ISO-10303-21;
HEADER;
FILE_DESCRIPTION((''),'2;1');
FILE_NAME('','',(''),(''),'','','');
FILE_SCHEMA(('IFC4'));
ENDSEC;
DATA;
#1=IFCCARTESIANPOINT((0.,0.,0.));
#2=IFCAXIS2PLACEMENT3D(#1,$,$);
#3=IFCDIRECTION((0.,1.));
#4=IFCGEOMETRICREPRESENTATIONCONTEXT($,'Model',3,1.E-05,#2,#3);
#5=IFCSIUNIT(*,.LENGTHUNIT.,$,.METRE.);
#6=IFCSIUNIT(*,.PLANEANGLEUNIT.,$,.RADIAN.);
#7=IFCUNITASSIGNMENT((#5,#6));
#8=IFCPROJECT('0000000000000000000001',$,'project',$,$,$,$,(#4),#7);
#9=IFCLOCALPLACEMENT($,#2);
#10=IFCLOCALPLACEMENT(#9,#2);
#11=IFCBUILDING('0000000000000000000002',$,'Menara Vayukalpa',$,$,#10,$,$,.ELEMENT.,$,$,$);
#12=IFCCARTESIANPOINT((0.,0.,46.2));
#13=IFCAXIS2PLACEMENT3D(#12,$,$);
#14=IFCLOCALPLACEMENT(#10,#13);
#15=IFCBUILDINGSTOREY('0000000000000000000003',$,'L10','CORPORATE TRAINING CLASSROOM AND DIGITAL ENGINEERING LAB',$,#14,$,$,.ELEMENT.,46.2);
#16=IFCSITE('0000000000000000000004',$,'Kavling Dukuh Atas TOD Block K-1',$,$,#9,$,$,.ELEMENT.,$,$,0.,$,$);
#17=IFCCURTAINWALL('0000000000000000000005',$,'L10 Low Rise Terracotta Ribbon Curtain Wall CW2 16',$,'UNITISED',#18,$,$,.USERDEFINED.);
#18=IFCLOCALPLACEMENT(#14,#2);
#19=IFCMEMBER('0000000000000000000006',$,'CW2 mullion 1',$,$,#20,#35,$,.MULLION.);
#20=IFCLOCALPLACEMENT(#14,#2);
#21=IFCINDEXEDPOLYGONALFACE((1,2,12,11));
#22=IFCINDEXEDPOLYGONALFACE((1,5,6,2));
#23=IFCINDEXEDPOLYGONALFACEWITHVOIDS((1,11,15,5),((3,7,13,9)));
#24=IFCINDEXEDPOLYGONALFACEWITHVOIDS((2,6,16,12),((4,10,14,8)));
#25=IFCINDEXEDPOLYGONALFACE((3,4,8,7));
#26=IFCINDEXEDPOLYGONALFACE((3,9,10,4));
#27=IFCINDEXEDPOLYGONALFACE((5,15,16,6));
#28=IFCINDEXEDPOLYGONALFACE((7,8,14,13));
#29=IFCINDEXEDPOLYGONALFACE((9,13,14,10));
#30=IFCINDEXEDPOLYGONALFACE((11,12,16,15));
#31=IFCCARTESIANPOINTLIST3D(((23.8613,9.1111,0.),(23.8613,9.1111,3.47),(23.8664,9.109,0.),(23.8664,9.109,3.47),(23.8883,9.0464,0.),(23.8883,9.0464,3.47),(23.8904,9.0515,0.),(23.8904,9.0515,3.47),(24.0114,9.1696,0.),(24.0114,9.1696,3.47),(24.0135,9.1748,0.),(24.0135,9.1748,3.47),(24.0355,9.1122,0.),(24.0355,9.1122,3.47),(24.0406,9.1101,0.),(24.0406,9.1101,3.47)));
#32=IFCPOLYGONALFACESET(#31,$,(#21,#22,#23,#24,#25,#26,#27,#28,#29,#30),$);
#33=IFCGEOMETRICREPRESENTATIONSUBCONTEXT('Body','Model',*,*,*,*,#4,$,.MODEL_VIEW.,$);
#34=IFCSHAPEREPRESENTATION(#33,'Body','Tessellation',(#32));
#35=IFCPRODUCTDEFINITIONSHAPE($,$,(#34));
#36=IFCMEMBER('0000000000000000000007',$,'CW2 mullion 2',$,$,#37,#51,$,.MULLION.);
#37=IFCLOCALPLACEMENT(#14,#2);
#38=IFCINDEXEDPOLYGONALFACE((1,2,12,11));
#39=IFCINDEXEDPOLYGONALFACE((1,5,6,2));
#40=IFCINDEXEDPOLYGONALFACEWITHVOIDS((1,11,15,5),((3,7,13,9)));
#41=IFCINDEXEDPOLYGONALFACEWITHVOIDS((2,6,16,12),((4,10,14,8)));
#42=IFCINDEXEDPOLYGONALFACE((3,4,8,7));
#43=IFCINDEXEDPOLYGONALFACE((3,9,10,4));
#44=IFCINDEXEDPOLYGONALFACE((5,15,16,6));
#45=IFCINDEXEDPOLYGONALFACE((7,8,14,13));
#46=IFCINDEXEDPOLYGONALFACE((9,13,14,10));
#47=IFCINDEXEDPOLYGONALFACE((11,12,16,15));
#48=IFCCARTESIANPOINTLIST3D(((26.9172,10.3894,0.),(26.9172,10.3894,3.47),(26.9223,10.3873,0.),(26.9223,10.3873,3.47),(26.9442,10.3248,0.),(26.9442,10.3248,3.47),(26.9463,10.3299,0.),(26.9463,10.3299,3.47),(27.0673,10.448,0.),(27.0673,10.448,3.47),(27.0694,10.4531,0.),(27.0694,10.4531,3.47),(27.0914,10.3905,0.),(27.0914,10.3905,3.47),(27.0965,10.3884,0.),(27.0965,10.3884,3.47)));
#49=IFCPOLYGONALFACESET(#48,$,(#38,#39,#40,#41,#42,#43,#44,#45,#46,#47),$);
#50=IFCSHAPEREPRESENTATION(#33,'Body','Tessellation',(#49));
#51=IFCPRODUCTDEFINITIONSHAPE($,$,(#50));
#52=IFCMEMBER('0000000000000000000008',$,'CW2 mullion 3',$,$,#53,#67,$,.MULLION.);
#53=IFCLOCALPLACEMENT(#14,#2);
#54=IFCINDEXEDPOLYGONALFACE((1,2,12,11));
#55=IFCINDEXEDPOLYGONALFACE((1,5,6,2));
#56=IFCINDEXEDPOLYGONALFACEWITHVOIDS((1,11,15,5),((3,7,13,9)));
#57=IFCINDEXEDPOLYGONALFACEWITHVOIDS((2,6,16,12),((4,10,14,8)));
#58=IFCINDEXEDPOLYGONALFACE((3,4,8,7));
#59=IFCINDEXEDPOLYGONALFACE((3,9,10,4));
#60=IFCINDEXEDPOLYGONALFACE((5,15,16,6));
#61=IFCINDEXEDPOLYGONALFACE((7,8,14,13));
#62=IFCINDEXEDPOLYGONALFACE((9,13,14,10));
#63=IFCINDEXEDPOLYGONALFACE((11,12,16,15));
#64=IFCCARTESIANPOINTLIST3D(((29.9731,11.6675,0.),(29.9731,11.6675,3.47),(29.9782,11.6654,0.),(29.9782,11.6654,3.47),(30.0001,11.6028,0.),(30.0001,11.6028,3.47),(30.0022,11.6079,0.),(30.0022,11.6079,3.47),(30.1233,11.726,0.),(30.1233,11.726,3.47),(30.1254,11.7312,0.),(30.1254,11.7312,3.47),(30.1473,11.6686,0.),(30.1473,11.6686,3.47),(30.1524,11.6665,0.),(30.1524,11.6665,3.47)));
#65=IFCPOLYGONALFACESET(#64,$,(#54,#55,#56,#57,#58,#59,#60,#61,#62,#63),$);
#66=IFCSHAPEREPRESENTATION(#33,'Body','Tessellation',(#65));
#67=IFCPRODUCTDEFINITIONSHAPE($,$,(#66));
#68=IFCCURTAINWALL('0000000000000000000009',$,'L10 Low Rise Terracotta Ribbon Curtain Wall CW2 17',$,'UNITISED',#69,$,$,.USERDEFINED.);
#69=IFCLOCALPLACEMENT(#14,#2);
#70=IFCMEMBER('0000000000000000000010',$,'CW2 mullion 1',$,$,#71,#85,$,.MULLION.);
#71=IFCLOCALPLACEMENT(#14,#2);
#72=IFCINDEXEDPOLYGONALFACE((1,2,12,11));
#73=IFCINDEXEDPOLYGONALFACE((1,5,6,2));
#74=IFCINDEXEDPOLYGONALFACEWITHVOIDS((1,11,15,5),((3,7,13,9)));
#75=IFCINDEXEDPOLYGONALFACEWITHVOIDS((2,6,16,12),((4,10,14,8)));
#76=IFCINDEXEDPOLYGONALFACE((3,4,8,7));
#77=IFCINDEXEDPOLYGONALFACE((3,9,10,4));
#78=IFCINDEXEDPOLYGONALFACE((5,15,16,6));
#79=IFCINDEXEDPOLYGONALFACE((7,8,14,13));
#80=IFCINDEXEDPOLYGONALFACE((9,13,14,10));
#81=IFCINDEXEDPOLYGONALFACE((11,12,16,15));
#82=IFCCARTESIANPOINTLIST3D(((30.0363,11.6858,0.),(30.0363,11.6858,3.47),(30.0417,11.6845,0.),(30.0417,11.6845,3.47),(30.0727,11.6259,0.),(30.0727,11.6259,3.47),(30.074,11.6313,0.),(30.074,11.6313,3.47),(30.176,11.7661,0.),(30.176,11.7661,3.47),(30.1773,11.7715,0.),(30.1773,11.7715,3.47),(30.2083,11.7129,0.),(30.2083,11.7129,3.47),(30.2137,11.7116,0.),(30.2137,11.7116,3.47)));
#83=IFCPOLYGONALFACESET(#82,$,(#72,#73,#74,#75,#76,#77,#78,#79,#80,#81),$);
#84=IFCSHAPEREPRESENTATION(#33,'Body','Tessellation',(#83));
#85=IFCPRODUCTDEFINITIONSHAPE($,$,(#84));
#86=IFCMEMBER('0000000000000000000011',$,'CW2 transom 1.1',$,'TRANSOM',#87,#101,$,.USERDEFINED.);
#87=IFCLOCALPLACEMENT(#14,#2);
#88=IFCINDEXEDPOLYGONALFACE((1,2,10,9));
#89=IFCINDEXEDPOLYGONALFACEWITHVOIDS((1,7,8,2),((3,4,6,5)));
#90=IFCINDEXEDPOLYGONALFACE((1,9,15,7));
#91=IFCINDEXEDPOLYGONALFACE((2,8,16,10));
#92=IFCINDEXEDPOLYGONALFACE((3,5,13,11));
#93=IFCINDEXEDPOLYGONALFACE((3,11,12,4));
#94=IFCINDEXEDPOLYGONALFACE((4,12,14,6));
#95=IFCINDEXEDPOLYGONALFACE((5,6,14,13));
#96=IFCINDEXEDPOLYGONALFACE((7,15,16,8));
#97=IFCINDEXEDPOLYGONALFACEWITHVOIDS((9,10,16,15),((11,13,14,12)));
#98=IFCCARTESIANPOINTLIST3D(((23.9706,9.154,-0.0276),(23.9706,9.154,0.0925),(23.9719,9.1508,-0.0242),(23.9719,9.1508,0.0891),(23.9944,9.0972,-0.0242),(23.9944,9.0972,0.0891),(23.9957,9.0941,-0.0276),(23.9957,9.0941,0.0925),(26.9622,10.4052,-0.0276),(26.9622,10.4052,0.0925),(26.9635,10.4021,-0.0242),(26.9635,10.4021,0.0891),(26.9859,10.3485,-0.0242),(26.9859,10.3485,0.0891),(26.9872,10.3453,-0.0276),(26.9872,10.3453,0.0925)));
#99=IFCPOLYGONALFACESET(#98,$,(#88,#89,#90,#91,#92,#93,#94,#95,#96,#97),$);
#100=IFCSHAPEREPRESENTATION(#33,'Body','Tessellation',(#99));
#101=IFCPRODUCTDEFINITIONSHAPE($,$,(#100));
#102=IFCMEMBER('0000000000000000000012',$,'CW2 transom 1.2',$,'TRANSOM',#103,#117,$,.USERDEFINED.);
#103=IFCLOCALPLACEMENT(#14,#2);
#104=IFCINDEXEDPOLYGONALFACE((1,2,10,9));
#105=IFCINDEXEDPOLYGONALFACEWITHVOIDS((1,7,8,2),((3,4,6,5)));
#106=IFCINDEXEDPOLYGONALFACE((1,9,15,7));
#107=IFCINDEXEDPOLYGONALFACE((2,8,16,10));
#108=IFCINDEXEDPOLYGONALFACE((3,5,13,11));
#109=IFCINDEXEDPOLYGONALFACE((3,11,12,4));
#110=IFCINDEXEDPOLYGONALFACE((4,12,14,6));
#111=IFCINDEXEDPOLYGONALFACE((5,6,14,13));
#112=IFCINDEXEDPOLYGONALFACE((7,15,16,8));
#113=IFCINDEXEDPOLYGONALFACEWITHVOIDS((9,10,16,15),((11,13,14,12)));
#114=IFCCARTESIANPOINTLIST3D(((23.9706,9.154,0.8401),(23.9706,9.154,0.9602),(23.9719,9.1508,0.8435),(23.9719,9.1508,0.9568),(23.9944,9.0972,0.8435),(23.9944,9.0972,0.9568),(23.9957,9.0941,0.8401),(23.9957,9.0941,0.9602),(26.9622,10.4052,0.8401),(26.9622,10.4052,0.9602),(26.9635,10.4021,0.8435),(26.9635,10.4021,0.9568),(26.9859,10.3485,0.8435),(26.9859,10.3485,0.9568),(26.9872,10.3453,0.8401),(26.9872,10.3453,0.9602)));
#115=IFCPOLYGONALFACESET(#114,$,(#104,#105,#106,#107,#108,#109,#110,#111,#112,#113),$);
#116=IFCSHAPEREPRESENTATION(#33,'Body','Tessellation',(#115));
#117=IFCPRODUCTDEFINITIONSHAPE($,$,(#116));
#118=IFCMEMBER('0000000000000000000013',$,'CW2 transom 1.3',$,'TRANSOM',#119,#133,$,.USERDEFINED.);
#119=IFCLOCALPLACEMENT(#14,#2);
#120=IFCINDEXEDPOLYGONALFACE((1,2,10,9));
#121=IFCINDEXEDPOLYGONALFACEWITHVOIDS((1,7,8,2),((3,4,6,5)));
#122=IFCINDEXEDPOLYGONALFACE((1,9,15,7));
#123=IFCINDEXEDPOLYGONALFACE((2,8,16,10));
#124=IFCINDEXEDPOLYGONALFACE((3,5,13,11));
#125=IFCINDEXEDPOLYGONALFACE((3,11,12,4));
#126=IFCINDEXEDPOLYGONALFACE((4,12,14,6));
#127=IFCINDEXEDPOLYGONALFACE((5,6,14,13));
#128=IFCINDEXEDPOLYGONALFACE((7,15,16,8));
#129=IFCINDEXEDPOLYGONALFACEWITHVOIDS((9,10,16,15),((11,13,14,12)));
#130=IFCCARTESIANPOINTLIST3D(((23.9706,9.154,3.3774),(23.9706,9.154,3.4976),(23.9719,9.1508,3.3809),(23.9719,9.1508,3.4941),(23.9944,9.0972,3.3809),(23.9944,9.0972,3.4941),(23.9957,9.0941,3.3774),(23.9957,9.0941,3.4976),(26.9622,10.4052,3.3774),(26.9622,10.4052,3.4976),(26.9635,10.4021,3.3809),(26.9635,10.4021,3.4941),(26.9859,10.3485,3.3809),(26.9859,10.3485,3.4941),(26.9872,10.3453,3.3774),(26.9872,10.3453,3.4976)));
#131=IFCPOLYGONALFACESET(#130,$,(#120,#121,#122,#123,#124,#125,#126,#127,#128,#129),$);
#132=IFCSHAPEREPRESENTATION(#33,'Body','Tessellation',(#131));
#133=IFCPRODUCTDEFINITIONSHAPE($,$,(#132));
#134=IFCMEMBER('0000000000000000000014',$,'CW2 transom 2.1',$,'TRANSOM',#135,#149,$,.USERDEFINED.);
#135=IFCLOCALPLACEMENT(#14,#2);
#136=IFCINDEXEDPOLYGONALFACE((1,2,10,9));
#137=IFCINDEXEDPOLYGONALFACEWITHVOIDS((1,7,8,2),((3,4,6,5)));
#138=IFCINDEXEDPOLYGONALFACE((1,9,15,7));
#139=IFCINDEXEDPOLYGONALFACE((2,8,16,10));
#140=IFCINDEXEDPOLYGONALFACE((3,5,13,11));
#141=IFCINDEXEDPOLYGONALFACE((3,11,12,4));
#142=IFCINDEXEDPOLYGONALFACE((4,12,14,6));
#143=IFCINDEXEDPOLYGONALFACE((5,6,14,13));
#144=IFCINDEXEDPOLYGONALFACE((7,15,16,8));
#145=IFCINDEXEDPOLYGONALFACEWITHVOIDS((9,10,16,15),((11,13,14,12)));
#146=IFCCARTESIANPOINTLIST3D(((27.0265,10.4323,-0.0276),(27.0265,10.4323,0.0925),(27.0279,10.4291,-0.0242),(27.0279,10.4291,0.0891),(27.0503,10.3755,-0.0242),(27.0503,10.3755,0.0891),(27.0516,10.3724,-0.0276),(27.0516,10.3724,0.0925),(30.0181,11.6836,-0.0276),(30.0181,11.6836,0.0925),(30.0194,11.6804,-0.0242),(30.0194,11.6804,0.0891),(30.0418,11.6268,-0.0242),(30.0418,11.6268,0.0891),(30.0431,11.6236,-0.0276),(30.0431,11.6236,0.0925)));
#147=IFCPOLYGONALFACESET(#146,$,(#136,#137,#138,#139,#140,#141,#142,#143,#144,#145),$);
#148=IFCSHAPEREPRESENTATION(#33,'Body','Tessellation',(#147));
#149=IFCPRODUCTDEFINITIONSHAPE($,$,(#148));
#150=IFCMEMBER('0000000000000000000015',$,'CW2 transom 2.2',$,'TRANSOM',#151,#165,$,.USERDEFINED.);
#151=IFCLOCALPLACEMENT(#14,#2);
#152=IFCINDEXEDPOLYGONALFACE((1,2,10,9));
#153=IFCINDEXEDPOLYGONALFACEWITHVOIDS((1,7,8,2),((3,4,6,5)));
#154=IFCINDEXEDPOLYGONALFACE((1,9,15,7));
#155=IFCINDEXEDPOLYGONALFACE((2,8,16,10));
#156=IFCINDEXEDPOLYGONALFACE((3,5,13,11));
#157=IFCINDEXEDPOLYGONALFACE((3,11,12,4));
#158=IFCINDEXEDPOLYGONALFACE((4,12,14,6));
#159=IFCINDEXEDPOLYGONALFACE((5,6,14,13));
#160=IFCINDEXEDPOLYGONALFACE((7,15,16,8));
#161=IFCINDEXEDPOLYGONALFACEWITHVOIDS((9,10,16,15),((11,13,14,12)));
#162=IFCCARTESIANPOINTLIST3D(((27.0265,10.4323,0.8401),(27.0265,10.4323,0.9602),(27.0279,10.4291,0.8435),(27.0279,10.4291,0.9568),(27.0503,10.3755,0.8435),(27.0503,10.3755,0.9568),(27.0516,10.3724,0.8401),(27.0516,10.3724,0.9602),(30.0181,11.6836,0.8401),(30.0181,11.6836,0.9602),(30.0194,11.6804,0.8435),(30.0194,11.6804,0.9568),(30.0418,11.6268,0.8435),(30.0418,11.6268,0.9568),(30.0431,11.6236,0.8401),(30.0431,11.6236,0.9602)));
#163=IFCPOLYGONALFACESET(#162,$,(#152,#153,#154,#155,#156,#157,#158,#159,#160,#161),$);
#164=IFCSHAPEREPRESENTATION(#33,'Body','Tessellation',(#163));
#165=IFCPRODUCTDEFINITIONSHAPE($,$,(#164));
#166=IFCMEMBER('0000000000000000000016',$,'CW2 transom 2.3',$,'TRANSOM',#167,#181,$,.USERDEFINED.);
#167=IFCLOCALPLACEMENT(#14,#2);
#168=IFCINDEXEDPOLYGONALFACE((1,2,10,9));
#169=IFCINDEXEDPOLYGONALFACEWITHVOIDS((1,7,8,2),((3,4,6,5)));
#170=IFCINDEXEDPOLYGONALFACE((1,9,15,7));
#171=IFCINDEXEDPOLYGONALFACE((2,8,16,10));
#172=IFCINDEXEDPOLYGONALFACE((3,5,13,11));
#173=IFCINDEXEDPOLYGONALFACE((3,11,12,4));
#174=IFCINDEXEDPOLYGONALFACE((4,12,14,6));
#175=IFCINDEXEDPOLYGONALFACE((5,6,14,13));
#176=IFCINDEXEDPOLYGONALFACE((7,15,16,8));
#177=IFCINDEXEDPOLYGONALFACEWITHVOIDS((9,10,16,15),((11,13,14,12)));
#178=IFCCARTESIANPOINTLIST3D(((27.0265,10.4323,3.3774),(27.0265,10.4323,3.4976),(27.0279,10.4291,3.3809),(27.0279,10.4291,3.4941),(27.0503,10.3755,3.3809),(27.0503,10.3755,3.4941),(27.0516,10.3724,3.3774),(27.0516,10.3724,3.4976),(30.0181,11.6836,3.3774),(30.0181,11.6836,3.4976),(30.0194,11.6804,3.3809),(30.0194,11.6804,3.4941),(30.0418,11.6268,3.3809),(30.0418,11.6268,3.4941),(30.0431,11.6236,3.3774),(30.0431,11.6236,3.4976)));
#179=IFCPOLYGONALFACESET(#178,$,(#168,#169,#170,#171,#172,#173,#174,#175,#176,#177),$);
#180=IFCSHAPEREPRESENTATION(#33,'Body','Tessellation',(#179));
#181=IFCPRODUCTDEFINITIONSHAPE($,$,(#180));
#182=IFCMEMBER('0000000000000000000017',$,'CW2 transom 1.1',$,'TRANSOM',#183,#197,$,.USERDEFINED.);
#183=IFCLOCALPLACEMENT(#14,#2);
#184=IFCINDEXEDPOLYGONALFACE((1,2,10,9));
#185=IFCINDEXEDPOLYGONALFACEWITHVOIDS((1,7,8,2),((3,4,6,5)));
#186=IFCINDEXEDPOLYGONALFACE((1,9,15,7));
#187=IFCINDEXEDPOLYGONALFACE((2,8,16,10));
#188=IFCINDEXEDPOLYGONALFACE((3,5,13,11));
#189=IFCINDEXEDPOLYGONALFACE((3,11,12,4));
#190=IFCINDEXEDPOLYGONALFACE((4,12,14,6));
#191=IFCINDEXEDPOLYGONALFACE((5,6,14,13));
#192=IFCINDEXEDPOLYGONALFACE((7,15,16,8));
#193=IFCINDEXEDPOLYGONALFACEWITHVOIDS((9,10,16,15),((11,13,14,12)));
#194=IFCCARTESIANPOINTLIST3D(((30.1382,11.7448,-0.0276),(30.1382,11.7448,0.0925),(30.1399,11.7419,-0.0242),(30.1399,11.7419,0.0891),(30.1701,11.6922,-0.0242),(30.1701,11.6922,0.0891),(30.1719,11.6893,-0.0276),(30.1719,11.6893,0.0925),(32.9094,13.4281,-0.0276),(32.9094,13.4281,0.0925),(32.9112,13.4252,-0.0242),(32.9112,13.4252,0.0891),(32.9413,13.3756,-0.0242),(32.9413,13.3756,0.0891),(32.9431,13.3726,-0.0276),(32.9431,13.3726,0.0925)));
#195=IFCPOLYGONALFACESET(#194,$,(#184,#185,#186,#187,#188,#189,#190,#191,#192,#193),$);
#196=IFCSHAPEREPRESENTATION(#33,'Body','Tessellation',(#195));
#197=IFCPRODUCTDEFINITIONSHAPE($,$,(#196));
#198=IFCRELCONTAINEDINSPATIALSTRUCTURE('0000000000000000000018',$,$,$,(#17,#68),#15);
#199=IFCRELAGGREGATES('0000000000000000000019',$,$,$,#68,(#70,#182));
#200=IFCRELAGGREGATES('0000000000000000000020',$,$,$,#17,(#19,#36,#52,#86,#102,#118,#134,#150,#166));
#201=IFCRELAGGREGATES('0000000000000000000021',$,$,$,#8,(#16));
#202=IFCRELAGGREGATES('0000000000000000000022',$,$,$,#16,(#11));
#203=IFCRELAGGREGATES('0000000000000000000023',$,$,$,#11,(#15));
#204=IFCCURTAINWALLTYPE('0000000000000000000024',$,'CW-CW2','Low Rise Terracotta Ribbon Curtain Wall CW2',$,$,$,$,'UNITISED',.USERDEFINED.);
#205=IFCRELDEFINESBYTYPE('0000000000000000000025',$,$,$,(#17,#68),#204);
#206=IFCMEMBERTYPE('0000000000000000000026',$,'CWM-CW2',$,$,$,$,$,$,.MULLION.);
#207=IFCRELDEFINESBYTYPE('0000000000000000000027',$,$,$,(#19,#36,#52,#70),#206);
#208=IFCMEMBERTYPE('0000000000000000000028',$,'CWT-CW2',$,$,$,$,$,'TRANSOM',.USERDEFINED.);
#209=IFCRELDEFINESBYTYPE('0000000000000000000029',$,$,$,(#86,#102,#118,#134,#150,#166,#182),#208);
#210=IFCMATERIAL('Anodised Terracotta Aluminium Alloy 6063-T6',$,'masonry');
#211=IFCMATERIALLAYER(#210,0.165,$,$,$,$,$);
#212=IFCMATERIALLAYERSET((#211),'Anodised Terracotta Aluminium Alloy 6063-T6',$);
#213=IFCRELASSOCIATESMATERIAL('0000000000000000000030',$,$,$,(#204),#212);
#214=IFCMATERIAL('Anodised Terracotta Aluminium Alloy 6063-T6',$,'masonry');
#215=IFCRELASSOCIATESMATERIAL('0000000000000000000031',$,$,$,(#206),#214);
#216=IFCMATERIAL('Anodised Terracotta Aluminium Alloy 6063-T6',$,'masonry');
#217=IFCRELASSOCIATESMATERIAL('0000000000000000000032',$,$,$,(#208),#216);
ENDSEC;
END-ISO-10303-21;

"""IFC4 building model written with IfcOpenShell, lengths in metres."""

from ifc_helpers import new_model, si_unit, direction, frame, origin, origin_2d, place, context, subcontext, project, spatial, hollow_rectangle, extrude, material, layer, layer_set, material_profile, profile_set, type_object, element, aggregate, save


model = new_model("IFC4")

# Units and contexts
model_context = context("Model", 3, precision=1e-05, world=origin(), true_north=direction((0.0, 1.0)))
body_context = subcontext(model_context, "Body", "Model", "MODEL_VIEW")
ifc_project = project(units=[si_unit("LENGTHUNIT", "METRE"), si_unit("PLANEANGLEUNIT", "RADIAN")], contexts=[model_context])

# Site, building, storey
site_placement = place(None, origin())
site = spatial("IfcSite", under=ifc_project, at=site_placement, Name="Kavling Dukuh Atas TOD Block K-1", CompositionType="ELEMENT", RefElevation=0.0)
building_placement = place(site_placement, origin())
building = spatial("IfcBuilding", under=site, at=building_placement, Name="Menara Vayukalpa", CompositionType="ELEMENT")
storey_placement = place(building_placement, frame((0.0, 0.0, 46.2)))
storey = spatial("IfcBuildingStorey", under=building, at=storey_placement, Name="L10", Description="CORPORATE TRAINING CLASSROOM AND DIGITAL ENGINEERING LAB", CompositionType="ELEMENT", Elevation=46.2)

# Curtain wall, members
ifc_material_1 = material(Name="Anodised Terracotta Aluminium Alloy 6063-T6", Category="masonry")
ifc_layer_1 = layer(ifc_material_1, 0.165)
ifc_layer_set_1 = layer_set([ifc_layer_1], Name="Anodised Terracotta Aluminium Alloy 6063-T6")
curtain_wall_type = type_object("IfcCurtainWallType", Name="CW-CW2", Description="Low Rise Terracotta Ribbon Curtain Wall CW2", ElementType="UNITISED", PredefinedType="USERDEFINED", material=ifc_layer_set_1)
curtain_wall_1_placement = place(storey_placement, origin())
curtain_wall_1 = element("IfcCurtainWall", 1, at=curtain_wall_1_placement, inside=storey, type_object=curtain_wall_type, Name="L10 Low Rise Terracotta Ribbon Curtain Wall CW2 16", ObjectType="UNITISED", PredefinedType="USERDEFINED")
ifc_material_2 = material(Name="Anodised Terracotta Aluminium Alloy 6063-T6", Category="masonry")
ifc_material_profile_1 = material_profile(ifc_material_2, hollow_rectangle(XDim=0.0701, YDim=0.165, WallThickness=0.0039, at=origin_2d()), Name="ALU 70x165x4")
ifc_profile_set_1 = profile_set([ifc_material_profile_1], Name="Anodised Terracotta Aluminium Alloy 6063-T6")
member_type_1 = type_object("IfcMemberType", Name="CWM-CW2", PredefinedType="MULLION", material=ifc_profile_set_1)
member_1_placement = place(storey_placement, frame((23.9509, 9.1106, 0.0), z_axis=(0.0, 0.0, 1.0), x_axis=(-0.385895, 0.922543, 0.0)))
member_1 = element("IfcMember", 2, at=member_1_placement, type_object=member_type_1, Name="CW2 mullion 1", PredefinedType="MULLION", context=body_context, shape_type="SweptSolid", body=[
    extrude(hollow_rectangle(XDim=0.0701, YDim=0.165, WallThickness=0.0039, at=origin_2d()), origin(), (0.0, 0.0, 1.0), 3.47),
])
member_2_placement = place(storey_placement, frame((27.0068, 10.3889, 0.0), z_axis=(0.0, 0.0, 1.0), x_axis=(-0.385895, 0.922543, 0.0)))
member_2 = element("IfcMember", 3, at=member_2_placement, type_object=member_type_1, Name="CW2 mullion 2", PredefinedType="MULLION", context=body_context, shape_type="SweptSolid", body=[
    extrude(hollow_rectangle(XDim=0.0701, YDim=0.165, WallThickness=0.0039, at=origin_2d()), origin(), (0.0, 0.0, 1.0), 3.47),
])
member_3_placement = place(storey_placement, frame((30.0627, 11.667, 0.0), z_axis=(0.0, 0.0, 1.0), x_axis=(-0.385895, 0.922543, 0.0)))
member_3 = element("IfcMember", 4, at=member_3_placement, type_object=member_type_1, Name="CW2 mullion 3", PredefinedType="MULLION", context=body_context, shape_type="SweptSolid", body=[
    extrude(hollow_rectangle(XDim=0.0701, YDim=0.165, WallThickness=0.0039, at=origin_2d()), origin(), (0.0, 0.0, 1.0), 3.47),
])

# Curtain wall, member
curtain_wall_2_placement = place(storey_placement, origin())
curtain_wall_2 = element("IfcCurtainWall", 5, at=curtain_wall_2_placement, inside=storey, type_object=curtain_wall_type, Name="L10 Low Rise Terracotta Ribbon Curtain Wall CW2 17", ObjectType="UNITISED", PredefinedType="USERDEFINED")
member_4_placement = place(storey_placement, frame((30.125, 11.6987, 0.0), z_axis=(0.0, 0.0, 1.0), x_axis=(-0.519182, 0.854664, 0.0)))
member_4 = element("IfcMember", 6, at=member_4_placement, type_object=member_type_1, Name="CW2 mullion 1", PredefinedType="MULLION", context=body_context, shape_type="SweptSolid", body=[
    extrude(hollow_rectangle(XDim=0.0701, YDim=0.165, WallThickness=0.0039, at=origin_2d()), origin(), (0.0, 0.0, 1.0), 3.47),
])

# Members
ifc_material_3 = material(Name="Anodised Terracotta Aluminium Alloy 6063-T6", Category="masonry")
ifc_material_profile_2 = material_profile(ifc_material_3, hollow_rectangle(XDim=0.0649, YDim=0.1201, WallThickness=0.0034, at=origin_2d()), Name="ALU 65x120x3.5")
ifc_profile_set_2 = profile_set([ifc_material_profile_2], Name="Anodised Terracotta Aluminium Alloy 6063-T6")
member_type_2 = type_object("IfcMemberType", Name="CWT-CW2", ElementType="TRANSOM", PredefinedType="USERDEFINED", material=ifc_profile_set_2)
member_5_placement = place(storey_placement, frame((23.9832, 9.124, 0.0325), z_axis=(0.922553, 0.385871, 0.0), x_axis=(-0.385871, 0.922553, 0.0)))
member_5 = element("IfcMember", 7, at=member_5_placement, type_object=member_type_2, Name="CW2 transom 1.1", ObjectType="TRANSOM", PredefinedType="USERDEFINED", context=body_context, shape_type="SweptSolid", body=[
    extrude(hollow_rectangle(XDim=0.0649, YDim=0.1201, WallThickness=0.0034, at=origin_2d()), origin(), (0.0, 0.0, 1.0), 3.2427),
])
member_6_placement = place(storey_placement, frame((23.9832, 9.124, 0.9001), z_axis=(0.922553, 0.385871, 0.0), x_axis=(-0.385871, 0.922553, 0.0)))
member_6 = element("IfcMember", 8, at=member_6_placement, type_object=member_type_2, Name="CW2 transom 1.2", ObjectType="TRANSOM", PredefinedType="USERDEFINED", context=body_context, shape_type="SweptSolid", body=[
    extrude(hollow_rectangle(XDim=0.0649, YDim=0.1201, WallThickness=0.0034, at=origin_2d()), origin(), (0.0, 0.0, 1.0), 3.2427),
])
member_7_placement = place(storey_placement, frame((23.9832, 9.124, 3.4375), z_axis=(0.922553, 0.385871, 0.0), x_axis=(-0.385871, 0.922553, 0.0)))
member_7 = element("IfcMember", 9, at=member_7_placement, type_object=member_type_2, Name="CW2 transom 1.3", ObjectType="TRANSOM", PredefinedType="USERDEFINED", context=body_context, shape_type="SweptSolid", body=[
    extrude(hollow_rectangle(XDim=0.0649, YDim=0.1201, WallThickness=0.0034, at=origin_2d()), origin(), (0.0, 0.0, 1.0), 3.2427),
])
member_8_placement = place(storey_placement, frame((27.0391, 10.4023, 0.0325), z_axis=(0.922553, 0.385871, 0.0), x_axis=(-0.385871, 0.922553, 0.0)))
member_8 = element("IfcMember", 10, at=member_8_placement, type_object=member_type_2, Name="CW2 transom 2.1", ObjectType="TRANSOM", PredefinedType="USERDEFINED", context=body_context, shape_type="SweptSolid", body=[
    extrude(hollow_rectangle(XDim=0.0649, YDim=0.1201, WallThickness=0.0034, at=origin_2d()), origin(), (0.0, 0.0, 1.0), 3.2427),
])
member_9_placement = place(storey_placement, frame((27.0391, 10.4023, 0.9001), z_axis=(0.922553, 0.385871, 0.0), x_axis=(-0.385871, 0.922553, 0.0)))
member_9 = element("IfcMember", 11, at=member_9_placement, type_object=member_type_2, Name="CW2 transom 2.2", ObjectType="TRANSOM", PredefinedType="USERDEFINED", context=body_context, shape_type="SweptSolid", body=[
    extrude(hollow_rectangle(XDim=0.0649, YDim=0.1201, WallThickness=0.0034, at=origin_2d()), origin(), (0.0, 0.0, 1.0), 3.2427),
])
member_10_placement = place(storey_placement, frame((27.0391, 10.4023, 3.4375), z_axis=(0.922553, 0.385871, 0.0), x_axis=(-0.385871, 0.922553, 0.0)))
member_10 = element("IfcMember", 12, at=member_10_placement, type_object=member_type_2, Name="CW2 transom 2.3", ObjectType="TRANSOM", PredefinedType="USERDEFINED", context=body_context, shape_type="SweptSolid", body=[
    extrude(hollow_rectangle(XDim=0.0649, YDim=0.1201, WallThickness=0.0034, at=origin_2d()), origin(), (0.0, 0.0, 1.0), 3.2427),
])
member_11_placement = place(storey_placement, frame((30.155, 11.717, 0.0325), z_axis=(0.854677, 0.519161, 0.0), x_axis=(-0.519161, 0.854677, 0.0)))
member_11 = element("IfcMember", 13, at=member_11_placement, type_object=member_type_2, Name="CW2 transom 1.1", ObjectType="TRANSOM", PredefinedType="USERDEFINED", context=body_context, shape_type="SweptSolid", body=[
    extrude(hollow_rectangle(XDim=0.0649, YDim=0.1201, WallThickness=0.0034, at=origin_2d()), origin(), (0.0, 0.0, 1.0), 3.2424),
])
aggregate(curtain_wall_2, [member_4, member_11])

aggregate(curtain_wall_1, [member_1, member_2, member_3, member_5, member_6, member_7, member_8, member_9, member_10])

save(model, "model.ifc")
